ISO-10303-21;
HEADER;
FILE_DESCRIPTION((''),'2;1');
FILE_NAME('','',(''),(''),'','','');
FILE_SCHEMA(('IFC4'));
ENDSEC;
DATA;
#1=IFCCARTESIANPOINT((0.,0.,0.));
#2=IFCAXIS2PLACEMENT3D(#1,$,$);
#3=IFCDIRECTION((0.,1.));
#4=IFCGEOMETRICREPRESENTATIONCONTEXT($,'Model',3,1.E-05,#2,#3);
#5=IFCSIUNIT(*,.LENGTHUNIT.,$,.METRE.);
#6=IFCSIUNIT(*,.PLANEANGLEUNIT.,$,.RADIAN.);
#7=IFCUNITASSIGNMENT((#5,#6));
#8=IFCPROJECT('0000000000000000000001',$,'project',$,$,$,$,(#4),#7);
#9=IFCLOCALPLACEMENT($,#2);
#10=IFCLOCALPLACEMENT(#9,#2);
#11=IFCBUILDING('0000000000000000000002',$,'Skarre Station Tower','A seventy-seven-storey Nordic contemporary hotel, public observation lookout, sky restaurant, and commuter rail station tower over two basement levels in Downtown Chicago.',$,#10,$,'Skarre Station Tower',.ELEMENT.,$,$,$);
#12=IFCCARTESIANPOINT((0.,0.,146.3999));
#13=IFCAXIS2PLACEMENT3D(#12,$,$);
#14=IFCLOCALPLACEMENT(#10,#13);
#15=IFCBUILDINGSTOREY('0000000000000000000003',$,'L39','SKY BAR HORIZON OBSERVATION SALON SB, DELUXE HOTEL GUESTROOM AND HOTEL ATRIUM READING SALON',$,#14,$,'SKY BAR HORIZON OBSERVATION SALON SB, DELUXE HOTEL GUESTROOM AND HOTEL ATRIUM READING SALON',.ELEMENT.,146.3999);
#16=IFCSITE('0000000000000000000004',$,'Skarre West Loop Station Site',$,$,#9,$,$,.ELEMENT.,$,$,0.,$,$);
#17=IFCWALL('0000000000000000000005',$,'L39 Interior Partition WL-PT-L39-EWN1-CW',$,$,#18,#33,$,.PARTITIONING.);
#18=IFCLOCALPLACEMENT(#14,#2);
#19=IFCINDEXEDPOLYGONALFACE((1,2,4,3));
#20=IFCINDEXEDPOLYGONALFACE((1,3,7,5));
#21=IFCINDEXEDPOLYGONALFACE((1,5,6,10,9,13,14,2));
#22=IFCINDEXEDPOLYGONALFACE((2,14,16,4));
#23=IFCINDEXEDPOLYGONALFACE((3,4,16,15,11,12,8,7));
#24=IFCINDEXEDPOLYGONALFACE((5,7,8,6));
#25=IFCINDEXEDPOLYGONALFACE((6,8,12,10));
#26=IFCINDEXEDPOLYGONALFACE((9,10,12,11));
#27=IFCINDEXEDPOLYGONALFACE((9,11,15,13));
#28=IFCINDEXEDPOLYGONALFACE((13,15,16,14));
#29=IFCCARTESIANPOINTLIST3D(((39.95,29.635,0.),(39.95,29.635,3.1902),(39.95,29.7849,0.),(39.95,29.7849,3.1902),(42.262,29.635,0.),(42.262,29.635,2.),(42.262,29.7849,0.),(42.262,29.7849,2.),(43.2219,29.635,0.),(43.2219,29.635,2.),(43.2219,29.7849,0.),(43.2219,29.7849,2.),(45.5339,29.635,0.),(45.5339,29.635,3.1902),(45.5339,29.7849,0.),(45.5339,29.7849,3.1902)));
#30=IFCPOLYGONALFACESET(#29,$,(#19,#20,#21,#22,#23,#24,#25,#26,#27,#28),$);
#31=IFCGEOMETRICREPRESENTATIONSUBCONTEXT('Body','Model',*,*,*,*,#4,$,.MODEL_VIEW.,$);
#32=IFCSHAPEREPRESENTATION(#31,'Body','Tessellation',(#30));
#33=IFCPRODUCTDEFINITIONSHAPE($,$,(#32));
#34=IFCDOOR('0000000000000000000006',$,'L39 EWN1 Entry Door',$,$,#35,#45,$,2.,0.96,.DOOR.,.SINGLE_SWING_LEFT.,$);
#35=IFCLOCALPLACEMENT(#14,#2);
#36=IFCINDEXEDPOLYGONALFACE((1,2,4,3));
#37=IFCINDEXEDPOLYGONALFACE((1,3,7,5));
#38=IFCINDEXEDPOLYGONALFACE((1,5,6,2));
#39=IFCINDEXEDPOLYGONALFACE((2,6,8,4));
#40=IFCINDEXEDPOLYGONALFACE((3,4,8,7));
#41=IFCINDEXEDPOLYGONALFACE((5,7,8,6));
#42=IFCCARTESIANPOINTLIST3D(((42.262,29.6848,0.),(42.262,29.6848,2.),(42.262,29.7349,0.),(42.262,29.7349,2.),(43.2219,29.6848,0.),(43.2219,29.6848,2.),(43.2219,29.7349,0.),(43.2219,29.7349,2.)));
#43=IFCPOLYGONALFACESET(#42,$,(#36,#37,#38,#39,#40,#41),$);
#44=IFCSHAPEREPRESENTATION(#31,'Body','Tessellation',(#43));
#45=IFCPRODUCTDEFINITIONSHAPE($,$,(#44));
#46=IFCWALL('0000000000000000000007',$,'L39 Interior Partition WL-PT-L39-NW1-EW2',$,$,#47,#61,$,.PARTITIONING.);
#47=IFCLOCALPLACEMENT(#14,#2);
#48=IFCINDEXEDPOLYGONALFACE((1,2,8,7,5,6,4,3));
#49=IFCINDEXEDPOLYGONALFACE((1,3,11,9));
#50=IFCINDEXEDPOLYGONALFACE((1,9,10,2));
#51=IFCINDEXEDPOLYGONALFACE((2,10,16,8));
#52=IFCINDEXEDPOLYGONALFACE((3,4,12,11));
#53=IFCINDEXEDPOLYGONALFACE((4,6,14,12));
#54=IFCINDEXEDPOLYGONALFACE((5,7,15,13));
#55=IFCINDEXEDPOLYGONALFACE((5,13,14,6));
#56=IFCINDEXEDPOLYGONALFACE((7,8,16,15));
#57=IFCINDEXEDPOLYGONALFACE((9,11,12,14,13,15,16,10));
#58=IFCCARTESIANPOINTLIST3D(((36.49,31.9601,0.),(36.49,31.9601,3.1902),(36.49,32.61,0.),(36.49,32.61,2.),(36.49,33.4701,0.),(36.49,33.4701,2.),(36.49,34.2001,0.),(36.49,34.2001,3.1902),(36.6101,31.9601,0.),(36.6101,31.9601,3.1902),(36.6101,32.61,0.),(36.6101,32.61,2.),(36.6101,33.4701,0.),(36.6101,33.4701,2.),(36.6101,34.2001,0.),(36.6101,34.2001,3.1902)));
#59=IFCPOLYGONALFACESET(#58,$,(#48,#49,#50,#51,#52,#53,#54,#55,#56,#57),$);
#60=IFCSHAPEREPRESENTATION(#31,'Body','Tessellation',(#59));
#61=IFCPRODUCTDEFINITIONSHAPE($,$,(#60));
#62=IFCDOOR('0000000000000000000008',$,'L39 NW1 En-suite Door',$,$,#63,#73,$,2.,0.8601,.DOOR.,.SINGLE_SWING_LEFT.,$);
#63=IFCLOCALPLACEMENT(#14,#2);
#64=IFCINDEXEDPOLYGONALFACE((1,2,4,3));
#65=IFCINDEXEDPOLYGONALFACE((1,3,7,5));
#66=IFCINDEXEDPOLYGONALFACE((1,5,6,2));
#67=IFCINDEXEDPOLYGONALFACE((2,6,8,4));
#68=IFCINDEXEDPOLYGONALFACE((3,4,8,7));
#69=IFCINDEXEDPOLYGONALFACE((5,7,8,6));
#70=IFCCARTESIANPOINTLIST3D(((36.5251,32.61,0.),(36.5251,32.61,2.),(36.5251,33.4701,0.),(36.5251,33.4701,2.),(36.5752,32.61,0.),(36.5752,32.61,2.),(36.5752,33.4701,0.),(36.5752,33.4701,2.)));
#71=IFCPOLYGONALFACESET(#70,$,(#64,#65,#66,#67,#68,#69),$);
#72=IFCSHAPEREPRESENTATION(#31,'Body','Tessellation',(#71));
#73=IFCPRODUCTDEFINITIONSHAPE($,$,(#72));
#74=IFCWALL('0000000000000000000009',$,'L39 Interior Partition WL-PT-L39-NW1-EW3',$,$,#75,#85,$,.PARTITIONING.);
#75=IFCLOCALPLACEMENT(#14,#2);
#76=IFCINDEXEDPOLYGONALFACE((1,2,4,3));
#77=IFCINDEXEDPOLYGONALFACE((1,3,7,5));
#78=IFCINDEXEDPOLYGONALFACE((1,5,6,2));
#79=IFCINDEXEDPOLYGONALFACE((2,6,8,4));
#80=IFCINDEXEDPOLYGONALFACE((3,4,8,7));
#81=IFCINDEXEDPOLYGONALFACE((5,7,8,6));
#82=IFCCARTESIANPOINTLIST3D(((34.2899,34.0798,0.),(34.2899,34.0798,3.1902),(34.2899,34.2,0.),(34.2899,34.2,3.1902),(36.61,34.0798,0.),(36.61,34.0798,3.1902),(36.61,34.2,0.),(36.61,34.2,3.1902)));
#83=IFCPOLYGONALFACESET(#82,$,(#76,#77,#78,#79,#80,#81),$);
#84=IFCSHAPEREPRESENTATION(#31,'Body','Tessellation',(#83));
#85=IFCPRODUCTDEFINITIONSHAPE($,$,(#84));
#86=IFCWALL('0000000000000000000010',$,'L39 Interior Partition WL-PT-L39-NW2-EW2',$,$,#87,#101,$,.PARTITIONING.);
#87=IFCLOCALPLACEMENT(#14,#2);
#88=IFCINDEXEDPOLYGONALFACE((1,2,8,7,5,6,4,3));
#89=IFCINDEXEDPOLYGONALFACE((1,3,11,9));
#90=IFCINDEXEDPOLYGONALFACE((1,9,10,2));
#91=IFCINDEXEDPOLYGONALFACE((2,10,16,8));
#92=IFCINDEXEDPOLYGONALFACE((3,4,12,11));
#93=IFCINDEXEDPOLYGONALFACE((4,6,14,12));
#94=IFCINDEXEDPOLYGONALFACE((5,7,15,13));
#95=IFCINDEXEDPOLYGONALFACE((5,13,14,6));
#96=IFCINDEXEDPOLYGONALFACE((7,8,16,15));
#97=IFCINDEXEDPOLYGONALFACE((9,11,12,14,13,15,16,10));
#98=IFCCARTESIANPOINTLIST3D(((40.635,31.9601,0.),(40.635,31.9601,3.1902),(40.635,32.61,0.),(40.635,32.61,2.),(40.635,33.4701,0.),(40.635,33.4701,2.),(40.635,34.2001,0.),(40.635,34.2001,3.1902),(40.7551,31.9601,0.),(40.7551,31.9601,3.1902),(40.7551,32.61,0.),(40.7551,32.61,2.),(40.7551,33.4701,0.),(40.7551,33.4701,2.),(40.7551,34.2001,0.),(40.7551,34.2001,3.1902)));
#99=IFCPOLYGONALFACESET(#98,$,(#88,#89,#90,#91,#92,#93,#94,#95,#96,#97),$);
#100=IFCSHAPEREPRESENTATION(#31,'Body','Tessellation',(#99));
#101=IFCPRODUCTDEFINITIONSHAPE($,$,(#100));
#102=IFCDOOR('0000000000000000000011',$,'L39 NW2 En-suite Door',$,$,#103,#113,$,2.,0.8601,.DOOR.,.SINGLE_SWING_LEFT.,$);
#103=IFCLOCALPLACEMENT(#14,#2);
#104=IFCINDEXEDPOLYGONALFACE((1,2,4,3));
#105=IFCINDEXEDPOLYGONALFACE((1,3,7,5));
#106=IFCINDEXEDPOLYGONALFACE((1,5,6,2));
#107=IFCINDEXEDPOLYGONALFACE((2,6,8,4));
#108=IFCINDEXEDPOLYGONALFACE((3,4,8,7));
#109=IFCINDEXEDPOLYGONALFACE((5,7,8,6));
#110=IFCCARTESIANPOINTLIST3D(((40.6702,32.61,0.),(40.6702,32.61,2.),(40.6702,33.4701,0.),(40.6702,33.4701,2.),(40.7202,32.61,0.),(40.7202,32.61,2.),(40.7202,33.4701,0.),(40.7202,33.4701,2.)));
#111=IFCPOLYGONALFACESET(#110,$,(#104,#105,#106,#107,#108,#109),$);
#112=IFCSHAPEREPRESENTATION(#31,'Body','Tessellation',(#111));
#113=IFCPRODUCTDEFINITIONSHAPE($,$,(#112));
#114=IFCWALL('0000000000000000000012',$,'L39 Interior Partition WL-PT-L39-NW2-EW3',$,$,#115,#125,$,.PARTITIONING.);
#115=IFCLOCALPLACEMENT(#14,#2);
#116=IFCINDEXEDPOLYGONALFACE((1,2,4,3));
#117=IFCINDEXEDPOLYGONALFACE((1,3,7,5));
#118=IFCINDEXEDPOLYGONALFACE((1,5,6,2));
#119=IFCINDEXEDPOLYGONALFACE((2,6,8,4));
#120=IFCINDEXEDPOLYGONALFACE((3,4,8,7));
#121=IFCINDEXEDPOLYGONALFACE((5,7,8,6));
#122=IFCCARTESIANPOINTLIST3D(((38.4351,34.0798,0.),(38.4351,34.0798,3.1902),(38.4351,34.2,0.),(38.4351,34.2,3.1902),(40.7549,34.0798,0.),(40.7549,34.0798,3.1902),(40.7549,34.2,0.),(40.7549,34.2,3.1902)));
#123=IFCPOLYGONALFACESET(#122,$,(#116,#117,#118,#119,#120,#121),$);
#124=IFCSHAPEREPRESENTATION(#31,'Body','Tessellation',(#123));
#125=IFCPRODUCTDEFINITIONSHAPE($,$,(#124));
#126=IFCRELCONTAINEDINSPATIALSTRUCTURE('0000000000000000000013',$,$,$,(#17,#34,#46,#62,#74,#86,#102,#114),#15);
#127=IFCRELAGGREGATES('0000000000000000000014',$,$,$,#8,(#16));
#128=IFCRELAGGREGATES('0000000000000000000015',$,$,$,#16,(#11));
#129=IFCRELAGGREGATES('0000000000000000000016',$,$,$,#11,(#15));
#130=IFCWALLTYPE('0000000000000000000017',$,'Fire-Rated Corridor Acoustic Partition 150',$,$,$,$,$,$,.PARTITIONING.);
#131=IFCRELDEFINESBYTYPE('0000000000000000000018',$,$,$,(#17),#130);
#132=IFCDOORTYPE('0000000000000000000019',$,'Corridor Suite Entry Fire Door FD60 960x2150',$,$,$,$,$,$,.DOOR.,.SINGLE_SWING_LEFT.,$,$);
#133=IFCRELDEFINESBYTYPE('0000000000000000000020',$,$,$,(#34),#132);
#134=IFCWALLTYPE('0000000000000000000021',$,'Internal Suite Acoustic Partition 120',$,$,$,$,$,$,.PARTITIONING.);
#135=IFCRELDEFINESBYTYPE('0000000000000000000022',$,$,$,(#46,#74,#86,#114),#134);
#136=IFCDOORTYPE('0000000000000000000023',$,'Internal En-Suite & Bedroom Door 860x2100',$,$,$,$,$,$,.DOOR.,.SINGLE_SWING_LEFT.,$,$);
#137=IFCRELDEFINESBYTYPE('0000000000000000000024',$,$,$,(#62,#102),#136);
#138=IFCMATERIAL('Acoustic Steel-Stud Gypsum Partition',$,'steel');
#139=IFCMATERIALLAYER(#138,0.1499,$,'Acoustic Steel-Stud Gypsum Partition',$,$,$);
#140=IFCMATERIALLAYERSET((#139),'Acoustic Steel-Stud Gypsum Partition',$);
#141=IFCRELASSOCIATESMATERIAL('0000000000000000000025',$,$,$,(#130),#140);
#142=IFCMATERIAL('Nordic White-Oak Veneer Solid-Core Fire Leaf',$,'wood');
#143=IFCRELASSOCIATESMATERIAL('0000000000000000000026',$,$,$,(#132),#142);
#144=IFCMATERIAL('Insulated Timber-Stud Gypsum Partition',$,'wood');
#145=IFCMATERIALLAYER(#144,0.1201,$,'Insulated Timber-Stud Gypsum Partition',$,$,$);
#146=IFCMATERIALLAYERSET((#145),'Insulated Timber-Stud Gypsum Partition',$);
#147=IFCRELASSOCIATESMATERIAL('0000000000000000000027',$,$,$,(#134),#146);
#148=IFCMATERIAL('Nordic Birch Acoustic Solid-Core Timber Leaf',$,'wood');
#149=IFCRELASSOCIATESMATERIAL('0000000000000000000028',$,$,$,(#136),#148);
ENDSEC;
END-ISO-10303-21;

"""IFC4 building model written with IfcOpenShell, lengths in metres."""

from ifc_helpers import new_model, si_unit, direction, frame, frame_2d, origin, place, context, subcontext, project, spatial, rectangle, extrude, material, layer, layer_set, type_object, element, fill, save


model = new_model("IFC4")

# Units and contexts
model_context = context("Model", 3, precision=1e-05, world=origin(), true_north=direction((0.0, 1.0)))
body_context = subcontext(model_context, "Body", "Model", "MODEL_VIEW")
ifc_project = project(units=[si_unit("LENGTHUNIT", "METRE"), si_unit("PLANEANGLEUNIT", "RADIAN")], contexts=[model_context])

# Site, building, storey
site_placement = place(None, origin())
site = spatial("IfcSite", under=ifc_project, at=site_placement, Name="Skarre West Loop Station Site", CompositionType="ELEMENT", RefElevation=0.0)
building_placement = place(site_placement, origin())
building = spatial("IfcBuilding", under=site, at=building_placement, Name="Skarre Station Tower", Description="A seventy-seven-storey Nordic contemporary hotel, public observation lookout, sky restaurant, and commuter rail station tower over two basement levels in Downtown Chicago.", LongName="Skarre Station Tower", CompositionType="ELEMENT")
storey_placement = place(building_placement, frame((0.0, 0.0, 146.3999)))
storey = spatial("IfcBuildingStorey", under=building, at=storey_placement, Name="L39", Description="SKY BAR HORIZON OBSERVATION SALON SB, DELUXE HOTEL GUESTROOM AND HOTEL ATRIUM READING SALON", LongName="SKY BAR HORIZON OBSERVATION SALON SB, DELUXE HOTEL GUESTROOM AND HOTEL ATRIUM READING SALON", CompositionType="ELEMENT", Elevation=146.3999)

# Shared definitions
ifc_material_1 = material(Name="Acoustic Steel-Stud Gypsum Partition", Category="steel")
ifc_layer_1 = layer(ifc_material_1, 0.1499, Name="Acoustic Steel-Stud Gypsum Partition")
ifc_layer_set_1 = layer_set([ifc_layer_1], Name="Acoustic Steel-Stud Gypsum Partition")
wall_type_1 = type_object("IfcWallType", Name="Fire-Rated Corridor Acoustic Partition 150", PredefinedType="PARTITIONING", material=ifc_layer_set_1)

# Walls, openings, doors
ifc_material_2 = material(Name="Nordic White-Oak Veneer Solid-Core Fire Leaf", Category="wood")
door_type_1 = type_object("IfcDoorType", Name="Corridor Suite Entry Fire Door FD60 960x2150", OperationType="SINGLE_SWING_LEFT", PredefinedType="DOOR", material=ifc_material_2)
wall_1_placement = place(storey_placement, frame((39.95, 29.71, 0.0), z_axis=(0.0, 0.0, 1.0), x_axis=(1.0, 0.0, 0.0)))
wall_1 = element("IfcWall", 1, at=wall_1_placement, inside=storey, type_object=wall_type_1, Name="L39 Interior Partition WL-PT-L39-EWN1-CW", PredefinedType="PARTITIONING", context=body_context, shape_type="SweptSolid", body=[
    extrude(rectangle(XDim=5.584, YDim=0.1499, at=frame_2d((2.792, 0.0))), origin(), (0.0, 0.0, 1.0), 3.1902),
])
opening_1_placement = place(wall_1_placement, frame((2.312, 0.0, 0.0)))
opening_1 = element("IfcOpeningElement", 2, at=opening_1_placement, cuts=wall_1, PredefinedType="OPENING", context=body_context, shape_type="SweptSolid", body=[
    extrude(rectangle(XDim=0.96, YDim=2.0, at=frame_2d((0.48, 1.0))), frame((0.0, 0.085, 0.0), z_axis=(0.0, -1.0, 0.0), x_axis=(1.0, 0.0, 0.0)), (0.0, 0.0, 1.0), 0.1699),
])
door_1_placement = place(opening_1_placement, origin())
door_1 = element("IfcDoor", 3, at=door_1_placement, inside=storey, type_object=door_type_1, Name="L39 EWN1 Entry Door", OperationType="SINGLE_SWING_LEFT", OverallHeight=2.0, OverallWidth=0.96, PredefinedType="DOOR", context=body_context, shape_type="SweptSolid", body=[
    extrude(rectangle(XDim=0.96, YDim=2.0, at=frame_2d((0.48, 1.0))), frame((0.0, 0.0249, 0.0), z_axis=(0.0, -1.0, 0.0), x_axis=(1.0, 0.0, 0.0)), (0.0, 0.0, 1.0), 0.05),
])
fill(opening_1, door_1)
ifc_material_3 = material(Name="Insulated Timber-Stud Gypsum Partition", Category="wood")
ifc_layer_2 = layer(ifc_material_3, 0.1201, Name="Insulated Timber-Stud Gypsum Partition")
ifc_layer_set_2 = layer_set([ifc_layer_2], Name="Insulated Timber-Stud Gypsum Partition")
wall_type_2 = type_object("IfcWallType", Name="Internal Suite Acoustic Partition 120", PredefinedType="PARTITIONING", material=ifc_layer_set_2)
wall_2_placement = place(storey_placement, frame((36.55, 31.96, 0.0), z_axis=(0.0, 0.0, 1.0), x_axis=(0.0, 1.0, 0.0)))
wall_2 = element("IfcWall", 4, at=wall_2_placement, inside=storey, type_object=wall_type_2, Name="L39 Interior Partition WL-PT-L39-NW1-EW2", PredefinedType="PARTITIONING", context=body_context, shape_type="SweptSolid", body=[
    extrude(rectangle(XDim=2.24, YDim=0.1201, at=frame_2d((1.1201, 0.0))), origin(), (0.0, 0.0, 1.0), 3.1902),
])
opening_2_placement = place(wall_2_placement, frame((0.6499, 0.0, 0.0)))
opening_2 = element("IfcOpeningElement", 5, at=opening_2_placement, cuts=wall_2, PredefinedType="OPENING", context=body_context, shape_type="SweptSolid", body=[
    extrude(rectangle(XDim=0.8601, YDim=2.0, at=frame_2d((0.4302, 1.0))), frame((0.0, 0.0701, 0.0), z_axis=(0.0, -1.0, 0.0), x_axis=(1.0, 0.0, 0.0)), (0.0, 0.0, 1.0), 0.1401),
])
ifc_material_4 = material(Name="Nordic Birch Acoustic Solid-Core Timber Leaf", Category="wood")
door_type_2 = type_object("IfcDoorType", Name="Internal En-Suite & Bedroom Door 860x2100", OperationType="SINGLE_SWING_LEFT", PredefinedType="DOOR", material=ifc_material_4)
door_2_placement = place(opening_2_placement, origin())
door_2 = element("IfcDoor", 6, at=door_2_placement, inside=storey, type_object=door_type_2, Name="L39 NW1 En-suite Door", OperationType="SINGLE_SWING_LEFT", OverallHeight=2.0, OverallWidth=0.8601, PredefinedType="DOOR", context=body_context, shape_type="SweptSolid", body=[
    extrude(rectangle(XDim=0.8601, YDim=2.0, at=frame_2d((0.4302, 1.0))), frame((0.0, 0.0249, 0.0), z_axis=(0.0, -1.0, 0.0), x_axis=(1.0, 0.0, 0.0)), (0.0, 0.0, 1.0), 0.05),
])
fill(opening_2, door_2)

# Wall
wall_3_placement = place(storey_placement, frame((36.6101, 34.1399, 0.0), z_axis=(0.0, 0.0, 1.0), x_axis=(-1.0, 0.0, 0.0)))
element("IfcWall", 7, at=wall_3_placement, inside=storey, type_object=wall_type_2, Name="L39 Interior Partition WL-PT-L39-NW1-EW3", PredefinedType="PARTITIONING", context=body_context, shape_type="SweptSolid", body=[
    extrude(rectangle(XDim=2.3201, YDim=0.1201, at=frame_2d((1.1602, 0.0))), origin(), (0.0, 0.0, 1.0), 3.1902),
])

# Wall, opening, door
wall_4_placement = place(storey_placement, frame((40.6951, 31.96, 0.0), z_axis=(0.0, 0.0, 1.0), x_axis=(0.0, 1.0, 0.0)))
wall_4 = element("IfcWall", 8, at=wall_4_placement, inside=storey, type_object=wall_type_2, Name="L39 Interior Partition WL-PT-L39-NW2-EW2", PredefinedType="PARTITIONING", context=body_context, shape_type="SweptSolid", body=[
    extrude(rectangle(XDim=2.24, YDim=0.1201, at=frame_2d((1.1201, 0.0))), origin(), (0.0, 0.0, 1.0), 3.1902),
])
opening_3_placement = place(wall_4_placement, frame((0.6499, 0.0, 0.0)))
opening_3 = element("IfcOpeningElement", 9, at=opening_3_placement, cuts=wall_4, PredefinedType="OPENING", context=body_context, shape_type="SweptSolid", body=[
    extrude(rectangle(XDim=0.8601, YDim=2.0, at=frame_2d((0.4302, 1.0))), frame((0.0, 0.0701, 0.0), z_axis=(0.0, -1.0, 0.0), x_axis=(1.0, 0.0, 0.0)), (0.0, 0.0, 1.0), 0.1401),
])
door_3_placement = place(opening_3_placement, origin())
door_3 = element("IfcDoor", 10, at=door_3_placement, inside=storey, type_object=door_type_2, Name="L39 NW2 En-suite Door", OperationType="SINGLE_SWING_LEFT", OverallHeight=2.0, OverallWidth=0.8601, PredefinedType="DOOR", context=body_context, shape_type="SweptSolid", body=[
    extrude(rectangle(XDim=0.8601, YDim=2.0, at=frame_2d((0.4302, 1.0))), frame((0.0, 0.0249, 0.0), z_axis=(0.0, -1.0, 0.0), x_axis=(1.0, 0.0, 0.0)), (0.0, 0.0, 1.0), 0.05),
])
fill(opening_3, door_3)

# Wall
wall_5_placement = place(storey_placement, frame((40.7549, 34.1399, 0.0), z_axis=(0.0, 0.0, 1.0), x_axis=(-1.0, 0.0, 0.0)))
element("IfcWall", 11, at=wall_5_placement, inside=storey, type_object=wall_type_2, Name="L39 Interior Partition WL-PT-L39-NW2-EW3", PredefinedType="PARTITIONING", context=body_context, shape_type="SweptSolid", body=[
    extrude(rectangle(XDim=2.3198, YDim=0.1201, at=frame_2d((1.1599, 0.0))), origin(), (0.0, 0.0, 1.0), 3.1902),
])

save(model, "model.ifc")
